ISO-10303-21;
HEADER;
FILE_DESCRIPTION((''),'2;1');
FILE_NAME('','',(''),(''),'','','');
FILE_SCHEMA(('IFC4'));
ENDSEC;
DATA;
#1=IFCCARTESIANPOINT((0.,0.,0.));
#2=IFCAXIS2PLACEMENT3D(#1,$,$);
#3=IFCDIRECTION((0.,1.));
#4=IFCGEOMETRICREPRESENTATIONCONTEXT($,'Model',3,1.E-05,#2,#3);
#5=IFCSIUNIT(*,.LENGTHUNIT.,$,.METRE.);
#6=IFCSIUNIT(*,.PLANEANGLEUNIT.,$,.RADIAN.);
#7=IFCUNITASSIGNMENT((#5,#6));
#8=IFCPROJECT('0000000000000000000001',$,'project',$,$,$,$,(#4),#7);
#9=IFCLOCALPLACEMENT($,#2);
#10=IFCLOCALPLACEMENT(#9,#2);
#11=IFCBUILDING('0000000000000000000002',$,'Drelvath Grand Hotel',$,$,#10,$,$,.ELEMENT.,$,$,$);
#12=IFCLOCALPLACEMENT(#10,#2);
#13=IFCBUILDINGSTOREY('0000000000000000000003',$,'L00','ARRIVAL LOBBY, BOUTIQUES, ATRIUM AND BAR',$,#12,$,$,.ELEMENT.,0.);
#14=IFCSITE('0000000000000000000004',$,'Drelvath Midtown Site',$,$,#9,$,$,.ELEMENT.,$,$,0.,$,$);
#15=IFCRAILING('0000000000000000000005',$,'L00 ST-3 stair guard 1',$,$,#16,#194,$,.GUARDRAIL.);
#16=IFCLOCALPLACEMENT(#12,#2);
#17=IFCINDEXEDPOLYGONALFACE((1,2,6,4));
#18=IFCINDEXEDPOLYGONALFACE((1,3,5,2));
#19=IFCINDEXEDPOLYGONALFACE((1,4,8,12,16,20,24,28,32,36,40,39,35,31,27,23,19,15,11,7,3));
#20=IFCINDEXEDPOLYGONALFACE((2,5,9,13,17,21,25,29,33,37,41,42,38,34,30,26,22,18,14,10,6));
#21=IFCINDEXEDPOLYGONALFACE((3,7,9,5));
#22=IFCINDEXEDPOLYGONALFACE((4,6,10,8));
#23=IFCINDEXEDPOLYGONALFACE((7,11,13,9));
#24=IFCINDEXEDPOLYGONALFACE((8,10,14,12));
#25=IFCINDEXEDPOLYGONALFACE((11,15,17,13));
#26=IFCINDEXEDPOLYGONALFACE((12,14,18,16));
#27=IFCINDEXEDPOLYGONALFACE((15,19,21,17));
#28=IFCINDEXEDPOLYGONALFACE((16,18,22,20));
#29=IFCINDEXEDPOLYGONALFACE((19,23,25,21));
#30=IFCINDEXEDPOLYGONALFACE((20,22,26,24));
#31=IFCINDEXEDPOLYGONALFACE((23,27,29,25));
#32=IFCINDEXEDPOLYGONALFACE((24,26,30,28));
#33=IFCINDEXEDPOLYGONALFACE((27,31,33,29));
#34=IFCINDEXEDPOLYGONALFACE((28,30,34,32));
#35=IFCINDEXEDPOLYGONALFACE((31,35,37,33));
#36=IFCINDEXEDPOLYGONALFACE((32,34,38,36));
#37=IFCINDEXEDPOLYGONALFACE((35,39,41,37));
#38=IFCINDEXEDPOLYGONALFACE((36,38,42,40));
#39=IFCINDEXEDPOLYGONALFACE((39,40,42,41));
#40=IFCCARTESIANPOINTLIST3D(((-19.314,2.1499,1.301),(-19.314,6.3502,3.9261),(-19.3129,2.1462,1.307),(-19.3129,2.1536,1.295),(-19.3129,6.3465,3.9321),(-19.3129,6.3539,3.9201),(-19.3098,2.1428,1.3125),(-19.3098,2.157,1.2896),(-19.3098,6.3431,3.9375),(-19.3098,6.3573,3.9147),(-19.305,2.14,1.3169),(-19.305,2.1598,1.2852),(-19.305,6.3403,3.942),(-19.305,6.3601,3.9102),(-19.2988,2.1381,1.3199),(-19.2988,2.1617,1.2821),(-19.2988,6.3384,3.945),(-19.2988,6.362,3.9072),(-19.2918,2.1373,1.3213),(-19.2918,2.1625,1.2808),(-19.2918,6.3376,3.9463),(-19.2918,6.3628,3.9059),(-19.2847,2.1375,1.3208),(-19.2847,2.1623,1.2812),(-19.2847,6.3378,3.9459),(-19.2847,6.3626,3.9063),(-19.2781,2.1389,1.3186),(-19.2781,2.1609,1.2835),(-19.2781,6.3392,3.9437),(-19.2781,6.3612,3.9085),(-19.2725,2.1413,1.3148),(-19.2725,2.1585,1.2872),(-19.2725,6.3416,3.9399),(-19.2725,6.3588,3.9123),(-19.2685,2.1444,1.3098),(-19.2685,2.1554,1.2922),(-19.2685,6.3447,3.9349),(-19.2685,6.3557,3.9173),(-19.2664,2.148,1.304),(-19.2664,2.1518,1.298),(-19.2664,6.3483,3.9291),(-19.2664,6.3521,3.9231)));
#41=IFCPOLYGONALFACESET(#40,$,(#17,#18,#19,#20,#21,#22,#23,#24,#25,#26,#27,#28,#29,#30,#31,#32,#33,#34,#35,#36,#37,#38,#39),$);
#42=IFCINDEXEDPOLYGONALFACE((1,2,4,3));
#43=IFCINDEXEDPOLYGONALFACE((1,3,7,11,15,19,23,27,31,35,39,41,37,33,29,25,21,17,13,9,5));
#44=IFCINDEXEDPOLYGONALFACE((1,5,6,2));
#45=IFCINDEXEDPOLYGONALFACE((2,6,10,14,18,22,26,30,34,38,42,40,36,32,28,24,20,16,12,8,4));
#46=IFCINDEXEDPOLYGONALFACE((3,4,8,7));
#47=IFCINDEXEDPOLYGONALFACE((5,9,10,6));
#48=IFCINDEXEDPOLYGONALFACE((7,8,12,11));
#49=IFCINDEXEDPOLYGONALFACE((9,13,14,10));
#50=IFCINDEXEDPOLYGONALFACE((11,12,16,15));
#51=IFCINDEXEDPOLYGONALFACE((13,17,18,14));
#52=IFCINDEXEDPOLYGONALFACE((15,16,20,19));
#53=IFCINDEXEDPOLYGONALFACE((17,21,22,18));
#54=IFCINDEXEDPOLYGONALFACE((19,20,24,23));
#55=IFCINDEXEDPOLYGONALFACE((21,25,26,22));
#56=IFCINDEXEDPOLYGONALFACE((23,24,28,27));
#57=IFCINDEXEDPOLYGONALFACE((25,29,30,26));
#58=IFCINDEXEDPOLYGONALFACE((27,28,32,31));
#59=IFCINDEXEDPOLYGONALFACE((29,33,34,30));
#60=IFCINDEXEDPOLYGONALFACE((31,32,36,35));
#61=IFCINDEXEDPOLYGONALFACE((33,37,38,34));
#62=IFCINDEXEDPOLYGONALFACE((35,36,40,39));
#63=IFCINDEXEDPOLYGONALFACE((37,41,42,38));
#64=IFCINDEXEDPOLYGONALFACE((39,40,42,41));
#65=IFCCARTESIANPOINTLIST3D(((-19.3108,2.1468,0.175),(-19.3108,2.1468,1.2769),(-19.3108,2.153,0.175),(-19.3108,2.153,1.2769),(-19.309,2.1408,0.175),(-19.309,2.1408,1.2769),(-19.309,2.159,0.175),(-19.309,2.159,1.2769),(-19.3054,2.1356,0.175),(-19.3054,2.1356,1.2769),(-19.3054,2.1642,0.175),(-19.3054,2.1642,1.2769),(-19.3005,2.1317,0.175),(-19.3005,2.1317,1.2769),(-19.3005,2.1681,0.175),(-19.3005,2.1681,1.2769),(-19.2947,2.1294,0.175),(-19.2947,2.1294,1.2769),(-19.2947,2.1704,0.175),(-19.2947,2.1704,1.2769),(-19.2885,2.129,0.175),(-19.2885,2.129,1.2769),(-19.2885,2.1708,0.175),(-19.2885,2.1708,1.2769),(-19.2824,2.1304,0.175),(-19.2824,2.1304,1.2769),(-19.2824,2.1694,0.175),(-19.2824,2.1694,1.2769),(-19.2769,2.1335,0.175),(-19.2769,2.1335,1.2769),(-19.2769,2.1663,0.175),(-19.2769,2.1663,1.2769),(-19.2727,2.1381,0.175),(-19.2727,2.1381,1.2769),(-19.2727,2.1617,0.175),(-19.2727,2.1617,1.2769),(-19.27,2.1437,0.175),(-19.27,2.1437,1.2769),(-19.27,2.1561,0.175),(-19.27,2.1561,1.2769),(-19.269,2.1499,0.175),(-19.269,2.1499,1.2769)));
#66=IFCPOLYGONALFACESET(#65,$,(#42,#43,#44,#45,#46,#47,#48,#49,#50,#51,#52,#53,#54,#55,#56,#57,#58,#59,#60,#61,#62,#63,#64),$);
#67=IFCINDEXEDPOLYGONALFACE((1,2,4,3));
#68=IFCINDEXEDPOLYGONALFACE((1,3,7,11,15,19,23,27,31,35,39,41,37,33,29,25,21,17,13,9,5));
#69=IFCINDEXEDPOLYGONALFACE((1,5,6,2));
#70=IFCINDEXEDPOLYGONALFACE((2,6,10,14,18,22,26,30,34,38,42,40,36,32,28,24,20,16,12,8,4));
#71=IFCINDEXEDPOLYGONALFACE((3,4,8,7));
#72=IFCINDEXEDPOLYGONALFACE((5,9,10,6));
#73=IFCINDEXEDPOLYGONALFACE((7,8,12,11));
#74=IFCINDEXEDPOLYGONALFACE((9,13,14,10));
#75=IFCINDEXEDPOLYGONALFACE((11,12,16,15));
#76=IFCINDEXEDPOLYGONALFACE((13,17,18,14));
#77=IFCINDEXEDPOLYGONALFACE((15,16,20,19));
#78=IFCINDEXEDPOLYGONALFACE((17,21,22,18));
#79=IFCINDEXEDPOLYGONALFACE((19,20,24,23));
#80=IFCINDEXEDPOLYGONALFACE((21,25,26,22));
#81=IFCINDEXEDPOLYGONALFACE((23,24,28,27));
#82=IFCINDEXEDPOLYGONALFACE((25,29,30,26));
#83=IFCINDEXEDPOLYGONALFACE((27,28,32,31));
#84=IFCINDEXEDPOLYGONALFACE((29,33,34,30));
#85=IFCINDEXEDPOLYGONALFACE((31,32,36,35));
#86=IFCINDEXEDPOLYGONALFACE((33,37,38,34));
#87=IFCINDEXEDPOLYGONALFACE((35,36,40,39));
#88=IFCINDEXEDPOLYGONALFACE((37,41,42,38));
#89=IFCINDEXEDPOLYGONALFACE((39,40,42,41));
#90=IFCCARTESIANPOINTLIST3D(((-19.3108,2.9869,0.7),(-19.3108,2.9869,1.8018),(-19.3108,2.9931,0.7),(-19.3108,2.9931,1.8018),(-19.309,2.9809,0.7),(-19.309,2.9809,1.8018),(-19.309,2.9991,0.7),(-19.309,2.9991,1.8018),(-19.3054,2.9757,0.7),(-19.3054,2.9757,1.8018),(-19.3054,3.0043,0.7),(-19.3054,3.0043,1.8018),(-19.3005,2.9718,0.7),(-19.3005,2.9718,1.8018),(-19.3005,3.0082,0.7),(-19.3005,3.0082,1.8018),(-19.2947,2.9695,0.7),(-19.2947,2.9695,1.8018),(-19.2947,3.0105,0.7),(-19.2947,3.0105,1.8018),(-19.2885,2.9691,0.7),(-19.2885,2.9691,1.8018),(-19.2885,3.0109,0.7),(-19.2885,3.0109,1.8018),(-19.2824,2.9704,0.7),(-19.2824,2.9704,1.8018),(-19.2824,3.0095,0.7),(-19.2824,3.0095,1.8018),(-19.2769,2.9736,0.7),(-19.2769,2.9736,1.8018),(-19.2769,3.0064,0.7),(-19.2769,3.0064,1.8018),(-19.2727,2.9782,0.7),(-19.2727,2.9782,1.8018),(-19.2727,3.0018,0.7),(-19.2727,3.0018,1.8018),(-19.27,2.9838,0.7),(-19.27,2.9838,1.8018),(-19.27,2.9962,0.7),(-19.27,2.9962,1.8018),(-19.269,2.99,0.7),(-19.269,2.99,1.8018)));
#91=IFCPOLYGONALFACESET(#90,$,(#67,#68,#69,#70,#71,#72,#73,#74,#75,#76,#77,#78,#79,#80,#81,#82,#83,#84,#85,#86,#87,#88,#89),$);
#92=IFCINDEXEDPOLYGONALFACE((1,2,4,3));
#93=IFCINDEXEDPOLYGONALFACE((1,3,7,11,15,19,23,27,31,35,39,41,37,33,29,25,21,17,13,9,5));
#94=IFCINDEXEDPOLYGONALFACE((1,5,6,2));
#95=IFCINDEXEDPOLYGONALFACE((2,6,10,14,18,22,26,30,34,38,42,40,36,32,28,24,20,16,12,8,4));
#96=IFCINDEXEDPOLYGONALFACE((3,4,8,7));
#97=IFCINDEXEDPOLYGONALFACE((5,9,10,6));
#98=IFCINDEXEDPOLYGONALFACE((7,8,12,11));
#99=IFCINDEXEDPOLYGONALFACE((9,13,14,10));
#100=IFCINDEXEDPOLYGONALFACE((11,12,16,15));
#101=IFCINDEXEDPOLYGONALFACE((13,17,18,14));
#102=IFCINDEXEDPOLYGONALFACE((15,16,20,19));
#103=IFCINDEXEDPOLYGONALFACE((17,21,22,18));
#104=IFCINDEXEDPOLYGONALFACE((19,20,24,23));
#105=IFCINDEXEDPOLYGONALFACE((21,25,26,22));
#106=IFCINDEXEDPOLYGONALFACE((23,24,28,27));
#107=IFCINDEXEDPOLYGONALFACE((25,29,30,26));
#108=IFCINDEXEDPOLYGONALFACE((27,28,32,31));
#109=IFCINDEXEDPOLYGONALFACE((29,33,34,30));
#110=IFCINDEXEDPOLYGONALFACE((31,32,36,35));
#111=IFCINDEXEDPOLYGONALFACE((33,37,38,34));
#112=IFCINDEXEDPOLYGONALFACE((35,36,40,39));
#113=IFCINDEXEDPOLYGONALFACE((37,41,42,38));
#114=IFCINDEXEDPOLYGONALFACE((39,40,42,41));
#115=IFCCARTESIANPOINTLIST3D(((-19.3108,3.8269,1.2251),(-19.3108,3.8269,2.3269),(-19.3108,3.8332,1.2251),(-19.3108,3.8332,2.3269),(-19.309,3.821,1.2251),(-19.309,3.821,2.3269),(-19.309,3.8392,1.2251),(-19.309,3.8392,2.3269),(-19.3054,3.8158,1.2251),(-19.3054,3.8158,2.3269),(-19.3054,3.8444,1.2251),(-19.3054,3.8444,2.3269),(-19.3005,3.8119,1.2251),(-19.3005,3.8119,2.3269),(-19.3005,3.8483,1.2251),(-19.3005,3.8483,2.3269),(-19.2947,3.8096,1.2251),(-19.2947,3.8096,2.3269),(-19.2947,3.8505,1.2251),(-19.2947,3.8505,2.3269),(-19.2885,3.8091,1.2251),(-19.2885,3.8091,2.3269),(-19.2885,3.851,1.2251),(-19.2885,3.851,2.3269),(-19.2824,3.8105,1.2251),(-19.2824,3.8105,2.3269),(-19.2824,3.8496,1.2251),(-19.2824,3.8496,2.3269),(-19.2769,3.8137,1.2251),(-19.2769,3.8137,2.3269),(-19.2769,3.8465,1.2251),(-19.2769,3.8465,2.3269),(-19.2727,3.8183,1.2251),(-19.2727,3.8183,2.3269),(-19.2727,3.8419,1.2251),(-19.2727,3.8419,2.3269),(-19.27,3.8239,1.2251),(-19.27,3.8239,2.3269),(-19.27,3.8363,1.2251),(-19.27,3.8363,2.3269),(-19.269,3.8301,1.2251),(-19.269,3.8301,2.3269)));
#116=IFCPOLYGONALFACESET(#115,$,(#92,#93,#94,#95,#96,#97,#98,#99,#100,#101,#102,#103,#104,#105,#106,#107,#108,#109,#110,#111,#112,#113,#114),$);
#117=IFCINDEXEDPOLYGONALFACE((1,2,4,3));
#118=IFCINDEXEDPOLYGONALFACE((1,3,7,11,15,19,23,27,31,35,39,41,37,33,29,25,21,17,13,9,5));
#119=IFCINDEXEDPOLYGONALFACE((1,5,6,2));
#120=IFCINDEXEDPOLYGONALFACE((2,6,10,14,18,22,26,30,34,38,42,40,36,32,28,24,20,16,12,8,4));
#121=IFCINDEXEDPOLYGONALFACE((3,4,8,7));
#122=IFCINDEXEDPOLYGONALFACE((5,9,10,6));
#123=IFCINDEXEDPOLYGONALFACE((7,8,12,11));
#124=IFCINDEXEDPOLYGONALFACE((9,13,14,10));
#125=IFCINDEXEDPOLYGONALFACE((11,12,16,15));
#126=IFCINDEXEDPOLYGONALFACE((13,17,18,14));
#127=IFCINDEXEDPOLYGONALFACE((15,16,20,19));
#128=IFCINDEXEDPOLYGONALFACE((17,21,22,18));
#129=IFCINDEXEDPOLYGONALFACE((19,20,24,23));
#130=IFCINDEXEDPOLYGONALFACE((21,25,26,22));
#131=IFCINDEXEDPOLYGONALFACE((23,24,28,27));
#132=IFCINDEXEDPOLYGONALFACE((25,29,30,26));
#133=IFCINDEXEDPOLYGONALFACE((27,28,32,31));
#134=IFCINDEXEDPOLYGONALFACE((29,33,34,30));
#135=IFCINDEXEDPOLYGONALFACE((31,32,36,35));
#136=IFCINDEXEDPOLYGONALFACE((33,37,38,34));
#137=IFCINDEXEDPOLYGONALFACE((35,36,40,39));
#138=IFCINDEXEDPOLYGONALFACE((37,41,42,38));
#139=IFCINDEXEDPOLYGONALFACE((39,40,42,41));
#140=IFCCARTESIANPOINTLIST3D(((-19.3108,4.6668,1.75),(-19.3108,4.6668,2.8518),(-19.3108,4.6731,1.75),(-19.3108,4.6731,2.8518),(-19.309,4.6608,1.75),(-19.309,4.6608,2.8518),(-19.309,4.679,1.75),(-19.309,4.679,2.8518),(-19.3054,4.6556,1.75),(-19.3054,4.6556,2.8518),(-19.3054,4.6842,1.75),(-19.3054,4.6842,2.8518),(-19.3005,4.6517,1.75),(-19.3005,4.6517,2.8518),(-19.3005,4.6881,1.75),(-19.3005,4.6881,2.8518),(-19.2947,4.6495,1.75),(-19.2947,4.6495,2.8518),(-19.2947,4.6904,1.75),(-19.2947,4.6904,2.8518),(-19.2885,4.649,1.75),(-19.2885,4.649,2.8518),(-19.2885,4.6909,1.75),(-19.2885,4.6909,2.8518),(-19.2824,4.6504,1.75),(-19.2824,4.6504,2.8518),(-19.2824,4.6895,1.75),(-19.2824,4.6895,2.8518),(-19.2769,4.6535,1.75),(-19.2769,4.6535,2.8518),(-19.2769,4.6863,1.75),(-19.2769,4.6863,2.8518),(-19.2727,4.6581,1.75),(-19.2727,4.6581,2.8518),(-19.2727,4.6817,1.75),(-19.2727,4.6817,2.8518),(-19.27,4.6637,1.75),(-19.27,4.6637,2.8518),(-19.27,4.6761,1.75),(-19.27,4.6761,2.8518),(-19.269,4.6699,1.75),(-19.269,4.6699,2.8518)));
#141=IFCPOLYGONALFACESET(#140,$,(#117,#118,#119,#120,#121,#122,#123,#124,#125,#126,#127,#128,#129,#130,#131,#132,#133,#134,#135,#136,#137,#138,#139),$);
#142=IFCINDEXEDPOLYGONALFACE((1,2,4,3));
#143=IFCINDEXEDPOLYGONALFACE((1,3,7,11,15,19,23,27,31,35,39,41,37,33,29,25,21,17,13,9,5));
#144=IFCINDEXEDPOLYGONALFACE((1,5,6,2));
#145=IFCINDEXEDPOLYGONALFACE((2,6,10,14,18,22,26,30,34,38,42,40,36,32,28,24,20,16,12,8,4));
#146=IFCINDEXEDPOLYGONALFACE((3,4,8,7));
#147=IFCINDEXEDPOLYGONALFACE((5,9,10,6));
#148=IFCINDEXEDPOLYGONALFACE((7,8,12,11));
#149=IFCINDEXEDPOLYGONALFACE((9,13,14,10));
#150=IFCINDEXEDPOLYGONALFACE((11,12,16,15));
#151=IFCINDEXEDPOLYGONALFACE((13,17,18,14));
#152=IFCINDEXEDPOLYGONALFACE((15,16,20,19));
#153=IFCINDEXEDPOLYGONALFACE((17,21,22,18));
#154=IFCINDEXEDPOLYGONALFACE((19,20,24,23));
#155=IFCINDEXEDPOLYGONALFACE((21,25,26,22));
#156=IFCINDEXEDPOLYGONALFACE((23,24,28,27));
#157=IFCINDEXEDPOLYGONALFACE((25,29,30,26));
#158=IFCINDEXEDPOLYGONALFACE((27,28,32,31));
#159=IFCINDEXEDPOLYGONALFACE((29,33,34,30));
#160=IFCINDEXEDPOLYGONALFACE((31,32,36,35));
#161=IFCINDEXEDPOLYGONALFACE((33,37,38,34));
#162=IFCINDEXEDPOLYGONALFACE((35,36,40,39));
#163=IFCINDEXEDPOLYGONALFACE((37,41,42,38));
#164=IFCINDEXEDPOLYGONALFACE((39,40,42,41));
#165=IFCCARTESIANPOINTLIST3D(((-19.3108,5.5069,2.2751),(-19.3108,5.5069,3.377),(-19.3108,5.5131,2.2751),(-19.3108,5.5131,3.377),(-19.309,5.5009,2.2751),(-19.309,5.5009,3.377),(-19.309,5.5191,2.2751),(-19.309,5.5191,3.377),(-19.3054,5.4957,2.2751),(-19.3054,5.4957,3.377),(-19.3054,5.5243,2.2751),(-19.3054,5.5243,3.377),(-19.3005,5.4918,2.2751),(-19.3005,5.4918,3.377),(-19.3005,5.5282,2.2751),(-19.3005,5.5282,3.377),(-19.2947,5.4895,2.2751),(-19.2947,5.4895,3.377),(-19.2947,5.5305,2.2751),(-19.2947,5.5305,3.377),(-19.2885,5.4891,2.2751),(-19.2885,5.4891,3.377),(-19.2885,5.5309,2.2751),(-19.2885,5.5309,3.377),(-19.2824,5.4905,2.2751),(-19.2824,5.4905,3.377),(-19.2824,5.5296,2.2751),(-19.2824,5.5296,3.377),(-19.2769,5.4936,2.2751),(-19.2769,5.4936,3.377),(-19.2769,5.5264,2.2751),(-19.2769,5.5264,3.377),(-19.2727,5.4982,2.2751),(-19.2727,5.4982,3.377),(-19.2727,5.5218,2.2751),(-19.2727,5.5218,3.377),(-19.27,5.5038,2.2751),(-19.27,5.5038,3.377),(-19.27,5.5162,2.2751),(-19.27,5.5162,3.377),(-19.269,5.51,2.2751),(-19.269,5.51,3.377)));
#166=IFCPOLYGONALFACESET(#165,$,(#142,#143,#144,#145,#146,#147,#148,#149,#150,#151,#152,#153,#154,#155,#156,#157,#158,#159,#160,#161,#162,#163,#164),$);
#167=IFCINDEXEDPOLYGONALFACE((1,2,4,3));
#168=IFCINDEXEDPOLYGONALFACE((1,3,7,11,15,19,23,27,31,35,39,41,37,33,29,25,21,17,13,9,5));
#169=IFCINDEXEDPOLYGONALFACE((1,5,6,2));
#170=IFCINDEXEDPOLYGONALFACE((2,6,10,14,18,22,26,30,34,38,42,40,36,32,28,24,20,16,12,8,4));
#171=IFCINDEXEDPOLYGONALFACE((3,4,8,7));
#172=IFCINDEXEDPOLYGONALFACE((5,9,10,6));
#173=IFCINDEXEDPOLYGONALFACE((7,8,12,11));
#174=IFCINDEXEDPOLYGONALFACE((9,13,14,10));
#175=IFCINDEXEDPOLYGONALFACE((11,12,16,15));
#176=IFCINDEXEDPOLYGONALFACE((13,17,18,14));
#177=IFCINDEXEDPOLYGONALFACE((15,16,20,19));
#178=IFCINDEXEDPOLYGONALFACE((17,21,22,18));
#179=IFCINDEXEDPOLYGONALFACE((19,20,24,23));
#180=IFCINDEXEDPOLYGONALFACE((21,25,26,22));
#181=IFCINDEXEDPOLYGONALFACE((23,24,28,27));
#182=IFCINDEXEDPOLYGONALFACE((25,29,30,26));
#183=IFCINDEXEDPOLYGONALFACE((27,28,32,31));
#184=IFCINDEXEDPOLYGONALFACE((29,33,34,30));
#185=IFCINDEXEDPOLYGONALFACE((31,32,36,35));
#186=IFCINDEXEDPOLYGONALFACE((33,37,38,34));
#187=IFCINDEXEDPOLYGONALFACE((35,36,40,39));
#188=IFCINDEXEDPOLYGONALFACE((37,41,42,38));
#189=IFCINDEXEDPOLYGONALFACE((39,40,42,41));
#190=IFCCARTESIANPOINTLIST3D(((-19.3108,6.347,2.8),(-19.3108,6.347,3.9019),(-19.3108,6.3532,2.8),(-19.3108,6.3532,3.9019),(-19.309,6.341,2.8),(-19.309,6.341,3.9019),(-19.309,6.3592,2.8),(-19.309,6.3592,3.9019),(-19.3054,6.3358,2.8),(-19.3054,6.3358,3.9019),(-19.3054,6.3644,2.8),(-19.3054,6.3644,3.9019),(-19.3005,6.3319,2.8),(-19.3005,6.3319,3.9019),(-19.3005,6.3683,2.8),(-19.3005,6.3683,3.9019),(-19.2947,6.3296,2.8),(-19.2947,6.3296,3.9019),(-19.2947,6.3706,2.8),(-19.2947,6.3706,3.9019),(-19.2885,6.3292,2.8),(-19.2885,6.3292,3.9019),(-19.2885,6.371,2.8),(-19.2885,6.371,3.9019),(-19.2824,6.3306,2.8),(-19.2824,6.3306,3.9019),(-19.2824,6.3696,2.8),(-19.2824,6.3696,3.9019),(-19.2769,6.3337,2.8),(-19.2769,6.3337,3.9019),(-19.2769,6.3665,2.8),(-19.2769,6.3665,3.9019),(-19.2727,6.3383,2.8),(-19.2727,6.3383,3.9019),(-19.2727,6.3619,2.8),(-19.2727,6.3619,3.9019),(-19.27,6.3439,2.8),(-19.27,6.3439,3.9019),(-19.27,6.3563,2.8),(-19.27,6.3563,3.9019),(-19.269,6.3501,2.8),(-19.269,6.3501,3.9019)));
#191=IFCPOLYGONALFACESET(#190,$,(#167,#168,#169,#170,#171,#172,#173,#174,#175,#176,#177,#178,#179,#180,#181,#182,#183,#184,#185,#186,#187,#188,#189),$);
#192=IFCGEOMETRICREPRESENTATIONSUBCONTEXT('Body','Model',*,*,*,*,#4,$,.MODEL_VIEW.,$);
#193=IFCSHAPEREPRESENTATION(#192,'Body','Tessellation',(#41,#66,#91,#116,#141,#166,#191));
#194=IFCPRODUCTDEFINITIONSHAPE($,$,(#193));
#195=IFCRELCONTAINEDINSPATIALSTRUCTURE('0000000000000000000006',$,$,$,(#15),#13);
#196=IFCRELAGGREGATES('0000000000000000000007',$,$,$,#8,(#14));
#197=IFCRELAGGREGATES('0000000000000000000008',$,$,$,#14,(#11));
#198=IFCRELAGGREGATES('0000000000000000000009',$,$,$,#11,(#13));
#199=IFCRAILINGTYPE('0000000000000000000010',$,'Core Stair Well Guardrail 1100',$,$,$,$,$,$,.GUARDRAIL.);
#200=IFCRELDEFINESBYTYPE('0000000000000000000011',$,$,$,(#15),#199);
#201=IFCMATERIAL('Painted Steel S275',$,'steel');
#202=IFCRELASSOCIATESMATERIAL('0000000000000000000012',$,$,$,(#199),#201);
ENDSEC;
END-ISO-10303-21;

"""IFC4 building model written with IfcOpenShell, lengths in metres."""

from ifc_helpers import new_model, si_unit, direction, frame, origin, origin_2d, place, context, subcontext, project, spatial, circle, extrude, material, type_object, element, save


model = new_model("IFC4")

# Units and contexts
model_context = context("Model", 3, precision=1e-05, world=origin(), true_north=direction((0.0, 1.0)))
body_context = subcontext(model_context, "Body", "Model", "MODEL_VIEW")
ifc_project = project(units=[si_unit("LENGTHUNIT", "METRE"), si_unit("PLANEANGLEUNIT", "RADIAN")], contexts=[model_context])

# Site, building, storey
site_placement = place(None, origin())
site = spatial("IfcSite", under=ifc_project, at=site_placement, Name="Drelvath Midtown Site", CompositionType="ELEMENT", RefElevation=0.0)
building_placement = place(site_placement, origin())
building = spatial("IfcBuilding", under=site, at=building_placement, Name="Drelvath Grand Hotel", CompositionType="ELEMENT")
storey_placement = place(building_placement, origin())
storey = spatial("IfcBuildingStorey", under=building, at=storey_placement, Name="L00", Description="ARRIVAL LOBBY, BOUTIQUES, ATRIUM AND BAR", CompositionType="ELEMENT", Elevation=0.0)

# Shared definitions
ifc_material_1 = material(Name="Painted Steel S275", Category="steel")

# Railing
railing_type_1 = type_object("IfcRailingType", Name="Core Stair Well Guardrail 1100", PredefinedType="GUARDRAIL", material=ifc_material_1)
railing_1_placement = place(storey_placement, frame((-19.29, 2.1499, 0.175)))
element("IfcRailing", 1, at=railing_1_placement, inside=storey, type_object=railing_type_1, Name="L00 ST-3 stair guard 1", PredefinedType="GUARDRAIL", context=body_context, shape_type="SweptSolid", body=[
    extrude(circle(Radius=0.0239, at=origin_2d()), frame((0.0, 0.0, 1.126), z_axis=(0.0, 0.848009, 0.529981), x_axis=(-1.0, 0.0, 0.0)), (0.0, 0.0, 1.0), 4.9531),
    extrude(circle(Radius=0.021, at=origin_2d()), origin(), (0.0, 0.0, 1.0), 1.1018),
    extrude(circle(Radius=0.021, at=origin_2d()), frame((0.0, 0.8401, 0.5249)), (0.0, 0.0, 1.0), 1.1018),
    extrude(circle(Radius=0.021, at=origin_2d()), frame((0.0, 1.6802, 1.05)), (0.0, 0.0, 1.0), 1.1018),
    extrude(circle(Radius=0.021, at=origin_2d()), frame((0.0, 2.52, 1.575)), (0.0, 0.0, 1.0), 1.1018),
    extrude(circle(Radius=0.021, at=origin_2d()), frame((0.0, 3.3601, 2.1001)), (0.0, 0.0, 1.0), 1.1018),
    extrude(circle(Radius=0.021, at=origin_2d()), frame((0.0, 4.2002, 2.625)), (0.0, 0.0, 1.0), 1.1018),
])

save(model, "model.ifc")
